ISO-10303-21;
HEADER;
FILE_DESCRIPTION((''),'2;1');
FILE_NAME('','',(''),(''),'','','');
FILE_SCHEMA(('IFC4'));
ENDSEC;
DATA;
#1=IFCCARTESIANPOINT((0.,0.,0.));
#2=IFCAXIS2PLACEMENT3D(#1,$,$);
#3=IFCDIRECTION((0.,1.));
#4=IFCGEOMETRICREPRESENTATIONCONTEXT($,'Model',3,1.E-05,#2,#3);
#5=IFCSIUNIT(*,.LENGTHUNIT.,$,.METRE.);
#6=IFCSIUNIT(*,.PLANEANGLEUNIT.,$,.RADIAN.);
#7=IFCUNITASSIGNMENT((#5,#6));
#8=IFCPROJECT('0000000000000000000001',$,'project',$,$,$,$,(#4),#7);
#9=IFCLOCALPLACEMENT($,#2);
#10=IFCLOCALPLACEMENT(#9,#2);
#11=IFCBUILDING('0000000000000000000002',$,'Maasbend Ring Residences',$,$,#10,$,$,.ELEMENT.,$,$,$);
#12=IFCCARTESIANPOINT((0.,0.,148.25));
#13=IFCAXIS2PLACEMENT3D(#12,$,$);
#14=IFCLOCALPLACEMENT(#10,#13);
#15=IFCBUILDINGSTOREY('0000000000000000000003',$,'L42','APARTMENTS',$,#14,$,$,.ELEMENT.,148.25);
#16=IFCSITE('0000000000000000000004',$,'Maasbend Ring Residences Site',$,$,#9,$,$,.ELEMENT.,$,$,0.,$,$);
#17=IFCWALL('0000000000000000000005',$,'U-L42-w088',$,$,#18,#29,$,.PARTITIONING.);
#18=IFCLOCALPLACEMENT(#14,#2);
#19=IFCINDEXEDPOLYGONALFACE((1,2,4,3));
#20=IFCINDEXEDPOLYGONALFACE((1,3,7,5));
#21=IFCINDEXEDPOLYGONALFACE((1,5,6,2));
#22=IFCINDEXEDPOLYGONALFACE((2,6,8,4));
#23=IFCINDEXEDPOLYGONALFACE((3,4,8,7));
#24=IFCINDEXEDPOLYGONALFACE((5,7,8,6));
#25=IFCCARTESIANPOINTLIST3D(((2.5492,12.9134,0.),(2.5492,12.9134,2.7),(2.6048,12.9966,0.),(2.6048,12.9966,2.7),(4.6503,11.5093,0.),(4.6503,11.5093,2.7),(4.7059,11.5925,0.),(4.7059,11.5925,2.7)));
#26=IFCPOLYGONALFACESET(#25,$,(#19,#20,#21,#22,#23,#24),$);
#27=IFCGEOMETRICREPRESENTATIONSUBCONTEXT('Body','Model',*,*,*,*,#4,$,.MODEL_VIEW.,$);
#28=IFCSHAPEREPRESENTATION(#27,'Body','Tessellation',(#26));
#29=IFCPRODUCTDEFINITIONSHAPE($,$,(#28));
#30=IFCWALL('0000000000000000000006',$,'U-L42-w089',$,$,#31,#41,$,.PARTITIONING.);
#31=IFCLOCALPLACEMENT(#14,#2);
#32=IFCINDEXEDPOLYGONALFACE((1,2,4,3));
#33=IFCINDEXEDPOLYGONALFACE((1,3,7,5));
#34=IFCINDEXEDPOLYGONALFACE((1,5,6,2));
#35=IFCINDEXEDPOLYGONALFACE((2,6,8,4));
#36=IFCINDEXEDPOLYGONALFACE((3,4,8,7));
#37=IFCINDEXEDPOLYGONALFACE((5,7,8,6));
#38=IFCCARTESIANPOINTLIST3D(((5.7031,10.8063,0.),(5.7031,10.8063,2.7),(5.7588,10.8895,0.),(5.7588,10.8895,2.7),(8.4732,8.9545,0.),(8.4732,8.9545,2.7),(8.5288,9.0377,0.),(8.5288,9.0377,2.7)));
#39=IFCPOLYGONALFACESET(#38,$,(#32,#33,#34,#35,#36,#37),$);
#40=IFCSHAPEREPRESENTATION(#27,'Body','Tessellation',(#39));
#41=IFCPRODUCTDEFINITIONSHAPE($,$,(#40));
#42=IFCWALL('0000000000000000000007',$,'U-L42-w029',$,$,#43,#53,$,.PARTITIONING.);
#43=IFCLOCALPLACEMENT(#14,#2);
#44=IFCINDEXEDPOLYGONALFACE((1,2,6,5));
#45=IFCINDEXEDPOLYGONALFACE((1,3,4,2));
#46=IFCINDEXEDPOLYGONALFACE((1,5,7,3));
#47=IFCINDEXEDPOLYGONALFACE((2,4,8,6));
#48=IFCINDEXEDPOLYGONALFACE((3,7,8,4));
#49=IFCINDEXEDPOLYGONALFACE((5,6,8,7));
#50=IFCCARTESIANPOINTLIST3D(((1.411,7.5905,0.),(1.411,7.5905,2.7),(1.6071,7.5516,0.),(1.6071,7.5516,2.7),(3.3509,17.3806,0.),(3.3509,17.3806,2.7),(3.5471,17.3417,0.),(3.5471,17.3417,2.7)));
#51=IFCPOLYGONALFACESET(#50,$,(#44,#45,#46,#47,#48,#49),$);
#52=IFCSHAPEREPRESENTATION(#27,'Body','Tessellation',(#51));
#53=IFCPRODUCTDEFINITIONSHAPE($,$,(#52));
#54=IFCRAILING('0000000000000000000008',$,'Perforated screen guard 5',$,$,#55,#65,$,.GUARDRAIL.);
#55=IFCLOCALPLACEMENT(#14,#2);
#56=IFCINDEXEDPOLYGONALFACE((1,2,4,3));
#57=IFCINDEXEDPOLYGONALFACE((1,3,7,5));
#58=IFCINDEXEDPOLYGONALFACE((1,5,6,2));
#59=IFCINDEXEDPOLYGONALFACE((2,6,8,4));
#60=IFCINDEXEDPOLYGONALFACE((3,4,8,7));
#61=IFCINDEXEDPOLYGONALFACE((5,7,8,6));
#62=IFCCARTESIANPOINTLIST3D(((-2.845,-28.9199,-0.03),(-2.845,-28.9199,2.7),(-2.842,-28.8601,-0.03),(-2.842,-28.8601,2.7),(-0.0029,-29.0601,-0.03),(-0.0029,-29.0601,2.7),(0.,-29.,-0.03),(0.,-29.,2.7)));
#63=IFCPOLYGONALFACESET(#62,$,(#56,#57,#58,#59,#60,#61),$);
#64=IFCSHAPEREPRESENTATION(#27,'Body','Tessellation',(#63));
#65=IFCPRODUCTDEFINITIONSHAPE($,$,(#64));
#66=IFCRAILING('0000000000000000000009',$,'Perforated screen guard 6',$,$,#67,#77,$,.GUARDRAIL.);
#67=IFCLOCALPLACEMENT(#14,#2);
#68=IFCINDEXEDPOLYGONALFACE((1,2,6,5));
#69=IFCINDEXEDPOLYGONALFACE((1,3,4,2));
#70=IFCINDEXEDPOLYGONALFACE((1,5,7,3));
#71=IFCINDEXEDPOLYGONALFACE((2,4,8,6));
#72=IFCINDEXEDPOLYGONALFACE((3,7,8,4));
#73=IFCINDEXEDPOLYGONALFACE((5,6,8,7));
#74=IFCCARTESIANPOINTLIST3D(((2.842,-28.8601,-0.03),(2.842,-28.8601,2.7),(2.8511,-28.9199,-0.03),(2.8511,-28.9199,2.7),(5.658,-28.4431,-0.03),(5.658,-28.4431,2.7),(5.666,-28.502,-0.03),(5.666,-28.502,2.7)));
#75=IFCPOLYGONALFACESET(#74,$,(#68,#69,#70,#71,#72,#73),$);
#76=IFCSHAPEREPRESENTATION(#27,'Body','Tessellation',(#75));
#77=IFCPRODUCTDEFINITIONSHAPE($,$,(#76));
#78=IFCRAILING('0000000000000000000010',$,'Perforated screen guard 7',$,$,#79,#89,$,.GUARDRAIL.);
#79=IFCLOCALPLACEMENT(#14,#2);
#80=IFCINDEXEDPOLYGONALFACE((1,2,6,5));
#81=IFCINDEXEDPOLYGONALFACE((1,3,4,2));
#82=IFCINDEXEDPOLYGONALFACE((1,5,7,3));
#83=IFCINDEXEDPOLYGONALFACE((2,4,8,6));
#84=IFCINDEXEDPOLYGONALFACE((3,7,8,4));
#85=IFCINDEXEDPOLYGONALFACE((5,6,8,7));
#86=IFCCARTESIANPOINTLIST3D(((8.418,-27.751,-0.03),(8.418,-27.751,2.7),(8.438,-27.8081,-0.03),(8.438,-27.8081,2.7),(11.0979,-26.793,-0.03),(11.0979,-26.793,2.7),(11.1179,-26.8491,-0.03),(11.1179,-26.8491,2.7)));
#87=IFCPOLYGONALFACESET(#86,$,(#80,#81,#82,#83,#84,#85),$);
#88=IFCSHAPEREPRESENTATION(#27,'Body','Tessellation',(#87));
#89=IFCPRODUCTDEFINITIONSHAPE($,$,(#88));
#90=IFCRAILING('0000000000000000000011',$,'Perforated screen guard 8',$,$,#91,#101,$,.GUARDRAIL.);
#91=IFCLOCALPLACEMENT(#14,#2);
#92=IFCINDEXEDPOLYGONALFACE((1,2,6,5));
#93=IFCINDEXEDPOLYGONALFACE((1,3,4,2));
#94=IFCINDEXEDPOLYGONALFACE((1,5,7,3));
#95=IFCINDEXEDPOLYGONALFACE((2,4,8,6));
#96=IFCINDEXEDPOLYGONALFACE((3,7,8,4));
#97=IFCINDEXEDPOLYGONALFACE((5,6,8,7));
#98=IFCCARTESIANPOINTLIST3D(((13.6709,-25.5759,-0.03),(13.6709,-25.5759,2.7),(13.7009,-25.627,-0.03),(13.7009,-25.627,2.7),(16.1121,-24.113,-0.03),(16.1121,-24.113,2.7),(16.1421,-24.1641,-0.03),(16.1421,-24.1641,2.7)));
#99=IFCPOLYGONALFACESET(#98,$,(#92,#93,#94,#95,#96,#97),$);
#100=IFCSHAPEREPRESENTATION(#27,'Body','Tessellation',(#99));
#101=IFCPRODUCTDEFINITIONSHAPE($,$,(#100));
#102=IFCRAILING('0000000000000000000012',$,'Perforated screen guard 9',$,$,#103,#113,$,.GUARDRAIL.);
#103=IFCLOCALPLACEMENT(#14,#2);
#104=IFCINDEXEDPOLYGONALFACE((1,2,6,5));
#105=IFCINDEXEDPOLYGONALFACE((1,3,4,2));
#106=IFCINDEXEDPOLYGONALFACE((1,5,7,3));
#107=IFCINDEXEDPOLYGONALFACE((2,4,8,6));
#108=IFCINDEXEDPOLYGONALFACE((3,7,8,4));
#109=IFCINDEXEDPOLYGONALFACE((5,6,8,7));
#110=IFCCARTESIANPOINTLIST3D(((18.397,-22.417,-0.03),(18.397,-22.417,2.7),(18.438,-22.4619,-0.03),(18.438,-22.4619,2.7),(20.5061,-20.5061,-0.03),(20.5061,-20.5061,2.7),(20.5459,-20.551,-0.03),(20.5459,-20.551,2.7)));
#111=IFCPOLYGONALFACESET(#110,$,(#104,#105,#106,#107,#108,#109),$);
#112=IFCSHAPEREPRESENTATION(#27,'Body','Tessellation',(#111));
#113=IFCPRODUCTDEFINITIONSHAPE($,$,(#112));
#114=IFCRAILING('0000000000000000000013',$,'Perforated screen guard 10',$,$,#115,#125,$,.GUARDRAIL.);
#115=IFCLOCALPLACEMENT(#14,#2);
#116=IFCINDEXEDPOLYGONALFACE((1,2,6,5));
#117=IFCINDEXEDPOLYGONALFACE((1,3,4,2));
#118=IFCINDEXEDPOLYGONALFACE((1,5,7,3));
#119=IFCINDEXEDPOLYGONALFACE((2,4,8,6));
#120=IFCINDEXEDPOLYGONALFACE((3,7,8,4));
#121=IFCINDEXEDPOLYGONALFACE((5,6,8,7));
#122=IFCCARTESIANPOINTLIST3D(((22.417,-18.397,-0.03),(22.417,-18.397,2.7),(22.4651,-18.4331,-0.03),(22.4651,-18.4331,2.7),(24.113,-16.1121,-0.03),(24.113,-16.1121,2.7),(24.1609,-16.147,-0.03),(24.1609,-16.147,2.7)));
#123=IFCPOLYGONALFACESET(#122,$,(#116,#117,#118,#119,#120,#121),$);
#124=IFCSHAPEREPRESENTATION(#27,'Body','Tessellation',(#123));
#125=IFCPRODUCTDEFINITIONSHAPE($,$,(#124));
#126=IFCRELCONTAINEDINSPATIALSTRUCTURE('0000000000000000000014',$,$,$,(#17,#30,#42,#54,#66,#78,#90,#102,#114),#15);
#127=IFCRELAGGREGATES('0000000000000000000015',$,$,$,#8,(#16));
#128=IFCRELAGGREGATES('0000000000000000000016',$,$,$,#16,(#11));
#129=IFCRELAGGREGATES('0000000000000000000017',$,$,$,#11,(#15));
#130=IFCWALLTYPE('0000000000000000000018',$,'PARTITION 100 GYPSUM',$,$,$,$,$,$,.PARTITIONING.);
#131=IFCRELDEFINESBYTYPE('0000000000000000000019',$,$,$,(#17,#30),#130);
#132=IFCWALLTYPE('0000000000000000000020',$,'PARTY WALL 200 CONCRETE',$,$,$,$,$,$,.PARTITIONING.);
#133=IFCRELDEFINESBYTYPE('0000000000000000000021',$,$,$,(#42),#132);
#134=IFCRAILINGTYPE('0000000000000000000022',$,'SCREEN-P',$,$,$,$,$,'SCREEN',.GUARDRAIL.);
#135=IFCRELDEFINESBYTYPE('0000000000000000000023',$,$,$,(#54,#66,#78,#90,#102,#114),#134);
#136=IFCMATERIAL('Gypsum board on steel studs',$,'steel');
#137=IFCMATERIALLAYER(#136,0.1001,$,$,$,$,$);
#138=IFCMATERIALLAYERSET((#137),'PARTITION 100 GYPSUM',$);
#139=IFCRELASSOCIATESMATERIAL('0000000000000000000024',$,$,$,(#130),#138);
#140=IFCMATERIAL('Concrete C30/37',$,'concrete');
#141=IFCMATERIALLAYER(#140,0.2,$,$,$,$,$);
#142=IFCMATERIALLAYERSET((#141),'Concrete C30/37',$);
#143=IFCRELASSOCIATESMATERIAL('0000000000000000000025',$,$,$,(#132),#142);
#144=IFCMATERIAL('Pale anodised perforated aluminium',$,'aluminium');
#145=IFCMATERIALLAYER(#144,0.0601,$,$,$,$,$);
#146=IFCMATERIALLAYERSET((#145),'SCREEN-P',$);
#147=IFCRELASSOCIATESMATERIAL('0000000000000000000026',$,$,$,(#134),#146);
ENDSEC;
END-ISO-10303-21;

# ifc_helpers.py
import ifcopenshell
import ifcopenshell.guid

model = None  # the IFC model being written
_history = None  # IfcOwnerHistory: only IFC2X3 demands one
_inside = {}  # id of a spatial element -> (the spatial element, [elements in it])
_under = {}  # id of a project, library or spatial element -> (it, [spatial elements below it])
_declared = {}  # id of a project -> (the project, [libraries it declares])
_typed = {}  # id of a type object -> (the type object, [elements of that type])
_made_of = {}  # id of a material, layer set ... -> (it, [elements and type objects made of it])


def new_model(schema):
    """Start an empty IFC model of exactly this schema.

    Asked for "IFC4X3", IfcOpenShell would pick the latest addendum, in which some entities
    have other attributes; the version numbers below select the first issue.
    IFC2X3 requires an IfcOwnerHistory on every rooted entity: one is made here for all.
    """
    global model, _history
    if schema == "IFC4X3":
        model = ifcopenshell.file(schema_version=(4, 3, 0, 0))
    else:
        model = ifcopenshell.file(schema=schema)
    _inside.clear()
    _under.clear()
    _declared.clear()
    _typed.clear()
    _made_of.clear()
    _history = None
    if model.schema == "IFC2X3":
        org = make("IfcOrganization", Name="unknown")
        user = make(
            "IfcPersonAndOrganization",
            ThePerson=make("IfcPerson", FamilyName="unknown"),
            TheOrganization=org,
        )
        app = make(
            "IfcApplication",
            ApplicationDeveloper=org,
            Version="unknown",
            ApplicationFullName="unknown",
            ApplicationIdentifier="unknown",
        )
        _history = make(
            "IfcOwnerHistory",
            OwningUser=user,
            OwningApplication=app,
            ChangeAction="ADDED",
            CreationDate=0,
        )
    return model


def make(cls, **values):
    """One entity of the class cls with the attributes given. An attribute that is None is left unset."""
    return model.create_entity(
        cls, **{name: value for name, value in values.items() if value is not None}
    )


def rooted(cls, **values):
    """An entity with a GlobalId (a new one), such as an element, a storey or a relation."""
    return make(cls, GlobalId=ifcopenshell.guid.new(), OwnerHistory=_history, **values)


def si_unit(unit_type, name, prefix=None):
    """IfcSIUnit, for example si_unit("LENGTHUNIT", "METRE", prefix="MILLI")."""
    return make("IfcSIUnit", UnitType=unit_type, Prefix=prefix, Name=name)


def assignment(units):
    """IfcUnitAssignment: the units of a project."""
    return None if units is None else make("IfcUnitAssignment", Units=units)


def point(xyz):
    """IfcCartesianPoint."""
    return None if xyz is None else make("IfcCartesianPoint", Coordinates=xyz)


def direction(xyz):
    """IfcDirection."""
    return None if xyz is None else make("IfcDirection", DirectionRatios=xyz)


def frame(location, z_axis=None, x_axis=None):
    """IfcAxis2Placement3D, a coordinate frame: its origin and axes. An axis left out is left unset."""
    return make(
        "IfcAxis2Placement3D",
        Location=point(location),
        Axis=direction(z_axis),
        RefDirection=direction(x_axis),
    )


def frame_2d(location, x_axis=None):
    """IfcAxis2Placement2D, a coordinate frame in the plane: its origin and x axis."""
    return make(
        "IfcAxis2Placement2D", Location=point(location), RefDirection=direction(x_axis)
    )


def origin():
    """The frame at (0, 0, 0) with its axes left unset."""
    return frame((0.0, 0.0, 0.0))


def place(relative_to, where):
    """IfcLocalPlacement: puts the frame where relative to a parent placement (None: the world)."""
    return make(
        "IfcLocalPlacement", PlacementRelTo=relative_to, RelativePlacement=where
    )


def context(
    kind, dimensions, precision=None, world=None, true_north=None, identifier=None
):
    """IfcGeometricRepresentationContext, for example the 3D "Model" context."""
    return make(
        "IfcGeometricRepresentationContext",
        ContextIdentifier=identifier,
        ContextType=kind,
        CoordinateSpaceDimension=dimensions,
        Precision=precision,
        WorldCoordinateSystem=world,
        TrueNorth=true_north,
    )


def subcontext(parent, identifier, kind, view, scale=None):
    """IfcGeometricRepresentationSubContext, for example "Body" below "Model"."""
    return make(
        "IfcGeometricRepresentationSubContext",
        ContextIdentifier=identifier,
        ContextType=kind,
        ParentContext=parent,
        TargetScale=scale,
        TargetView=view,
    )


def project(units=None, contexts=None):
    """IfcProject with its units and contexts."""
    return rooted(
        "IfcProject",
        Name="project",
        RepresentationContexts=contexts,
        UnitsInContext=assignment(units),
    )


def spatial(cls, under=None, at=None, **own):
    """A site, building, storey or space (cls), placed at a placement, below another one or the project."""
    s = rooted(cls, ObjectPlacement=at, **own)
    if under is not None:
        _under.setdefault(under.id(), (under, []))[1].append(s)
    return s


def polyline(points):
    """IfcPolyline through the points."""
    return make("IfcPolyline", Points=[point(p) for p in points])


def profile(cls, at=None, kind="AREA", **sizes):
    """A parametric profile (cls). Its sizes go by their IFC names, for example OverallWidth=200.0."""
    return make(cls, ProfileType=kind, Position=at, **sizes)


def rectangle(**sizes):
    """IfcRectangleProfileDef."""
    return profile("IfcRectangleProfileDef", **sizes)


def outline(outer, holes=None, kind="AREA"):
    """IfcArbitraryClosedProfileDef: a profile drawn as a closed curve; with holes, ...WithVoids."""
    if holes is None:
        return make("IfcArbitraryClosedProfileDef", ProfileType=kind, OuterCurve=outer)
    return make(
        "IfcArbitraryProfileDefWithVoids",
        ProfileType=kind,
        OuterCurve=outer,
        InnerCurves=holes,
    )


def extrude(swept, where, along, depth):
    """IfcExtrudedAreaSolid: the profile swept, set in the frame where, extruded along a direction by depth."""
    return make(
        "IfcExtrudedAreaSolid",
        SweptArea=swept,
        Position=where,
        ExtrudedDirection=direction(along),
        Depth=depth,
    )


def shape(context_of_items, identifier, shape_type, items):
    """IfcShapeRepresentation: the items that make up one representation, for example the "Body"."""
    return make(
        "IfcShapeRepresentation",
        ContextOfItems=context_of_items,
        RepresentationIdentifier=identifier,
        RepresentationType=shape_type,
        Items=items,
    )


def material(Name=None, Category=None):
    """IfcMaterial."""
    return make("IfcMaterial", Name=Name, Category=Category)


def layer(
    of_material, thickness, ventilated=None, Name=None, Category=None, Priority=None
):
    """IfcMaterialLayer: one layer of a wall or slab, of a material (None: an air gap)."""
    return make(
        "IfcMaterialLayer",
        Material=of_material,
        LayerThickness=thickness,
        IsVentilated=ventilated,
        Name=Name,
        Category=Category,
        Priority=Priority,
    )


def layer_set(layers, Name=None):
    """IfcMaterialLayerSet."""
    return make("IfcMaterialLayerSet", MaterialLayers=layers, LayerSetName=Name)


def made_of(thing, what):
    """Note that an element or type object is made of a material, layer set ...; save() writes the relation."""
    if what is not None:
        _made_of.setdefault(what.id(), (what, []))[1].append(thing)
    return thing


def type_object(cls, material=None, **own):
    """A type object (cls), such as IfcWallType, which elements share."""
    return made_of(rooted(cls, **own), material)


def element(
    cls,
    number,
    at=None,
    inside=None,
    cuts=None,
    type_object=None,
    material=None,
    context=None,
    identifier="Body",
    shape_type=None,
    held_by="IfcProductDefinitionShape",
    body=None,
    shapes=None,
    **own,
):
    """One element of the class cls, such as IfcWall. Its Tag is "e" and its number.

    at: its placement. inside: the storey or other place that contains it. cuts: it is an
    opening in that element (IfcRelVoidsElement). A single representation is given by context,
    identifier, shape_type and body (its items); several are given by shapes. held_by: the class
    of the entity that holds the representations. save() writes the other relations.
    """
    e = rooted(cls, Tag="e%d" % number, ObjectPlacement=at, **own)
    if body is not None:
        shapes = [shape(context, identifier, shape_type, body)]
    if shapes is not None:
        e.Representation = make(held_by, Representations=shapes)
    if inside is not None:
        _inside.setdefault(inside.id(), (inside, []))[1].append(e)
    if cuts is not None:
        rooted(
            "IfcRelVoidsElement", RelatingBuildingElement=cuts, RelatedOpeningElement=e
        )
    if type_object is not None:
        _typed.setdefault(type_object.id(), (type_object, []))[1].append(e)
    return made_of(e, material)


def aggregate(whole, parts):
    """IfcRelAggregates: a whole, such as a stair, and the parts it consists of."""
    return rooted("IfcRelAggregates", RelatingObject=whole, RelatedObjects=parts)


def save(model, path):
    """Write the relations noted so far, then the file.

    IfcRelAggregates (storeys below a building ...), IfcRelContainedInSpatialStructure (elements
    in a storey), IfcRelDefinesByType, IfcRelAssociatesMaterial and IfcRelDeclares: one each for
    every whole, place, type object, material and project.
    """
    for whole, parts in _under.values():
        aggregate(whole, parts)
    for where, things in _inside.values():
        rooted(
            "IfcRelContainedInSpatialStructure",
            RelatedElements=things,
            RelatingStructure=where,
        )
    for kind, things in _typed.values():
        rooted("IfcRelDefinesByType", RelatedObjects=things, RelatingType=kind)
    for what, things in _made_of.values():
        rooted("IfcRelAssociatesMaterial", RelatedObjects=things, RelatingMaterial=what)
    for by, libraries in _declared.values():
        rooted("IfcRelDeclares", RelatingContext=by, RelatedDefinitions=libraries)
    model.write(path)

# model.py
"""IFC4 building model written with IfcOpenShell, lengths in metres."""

from ifc_helpers import new_model, si_unit, direction, frame, frame_2d, origin, place, context, subcontext, project, spatial, polyline, rectangle, outline, extrude, material, layer, layer_set, type_object, element, save


model = new_model("IFC4")

# Units and contexts
model_context = context("Model", 3, precision=1e-05, world=origin(), true_north=direction((0.0, 1.0)))
body_context = subcontext(model_context, "Body", "Model", "MODEL_VIEW")
ifc_project = project(units=[si_unit("LENGTHUNIT", "METRE"), si_unit("PLANEANGLEUNIT", "RADIAN")], contexts=[model_context])

# Site, building, storey
site_placement = place(None, origin())
site = spatial("IfcSite", under=ifc_project, at=site_placement, Name="Maasbend Ring Residences Site", CompositionType="ELEMENT", RefElevation=0.0)
building_placement = place(site_placement, origin())
building = spatial("IfcBuilding", under=site, at=building_placement, Name="Maasbend Ring Residences", CompositionType="ELEMENT")
storey_placement = place(building_placement, frame((0.0, 0.0, 148.25)))
storey = spatial("IfcBuildingStorey", under=building, at=storey_placement, Name="L42", Description="APARTMENTS", CompositionType="ELEMENT", Elevation=148.25)

# Shared definitions
ifc_material_1 = material(Name="Gypsum board on steel studs", Category="steel")
ifc_layer_1 = layer(ifc_material_1, 0.1001)
ifc_layer_set_1 = layer_set([ifc_layer_1], Name="PARTITION 100 GYPSUM")
wall_type_1 = type_object("IfcWallType", Name="PARTITION 100 GYPSUM", PredefinedType="PARTITIONING", material=ifc_layer_set_1)

# Walls
wall_1_placement = place(storey_placement, frame((2.5769, 12.9551, 0.0), z_axis=(0.0, 0.0, 1.0), x_axis=(0.83144, -0.555614, 0.0)))
element("IfcWall", 1, at=wall_1_placement, inside=storey, type_object=wall_type_1, Name="U-L42-w088", PredefinedType="PARTITIONING", context=body_context, shape_type="SweptSolid", body=[
    extrude(rectangle(XDim=2.5271, YDim=0.1001, at=frame_2d((1.2637, 0.0))), origin(), (0.0, 0.0, 1.0), 2.7),
])
wall_2_placement = place(storey_placement, frame((5.731, 10.8479, 0.0), z_axis=(0.0, 0.0, 1.0), x_axis=(0.831339, -0.555765, 0.0)))
element("IfcWall", 2, at=wall_2_placement, inside=storey, type_object=wall_type_1, Name="U-L42-w089", PredefinedType="PARTITIONING", context=body_context, shape_type="SweptSolid", body=[
    extrude(rectangle(XDim=3.332, YDim=0.1001, at=frame_2d((1.666, 0.0))), origin(), (0.0, 0.0, 1.0), 2.7),
])
ifc_material_2 = material(Name="Concrete C30/37", Category="concrete")
ifc_layer_2 = layer(ifc_material_2, 0.2)
ifc_layer_set_2 = layer_set([ifc_layer_2], Name="Concrete C30/37")
wall_type_2 = type_object("IfcWallType", Name="PARTY WALL 200 CONCRETE", PredefinedType="PARTITIONING", material=ifc_layer_set_2)
wall_3_placement = place(storey_placement, frame((1.509, 7.571, 0.0), z_axis=(0.0, 0.0, 1.0), x_axis=(0.194375, 0.980927, 0.0)))
element("IfcWall", 3, at=wall_3_placement, inside=storey, type_object=wall_type_2, Name="U-L42-w029", PredefinedType="PARTITIONING", context=body_context, shape_type="SweptSolid", body=[
    extrude(rectangle(XDim=9.9805, YDim=0.2, at=frame_2d((4.9902, 0.0))), origin(), (0.0, 0.0, 1.0), 2.7),
])

# Railings
ifc_material_3 = material(Name="Pale anodised perforated aluminium", Category="aluminium")
ifc_layer_3 = layer(ifc_material_3, 0.0601)
ifc_layer_set_3 = layer_set([ifc_layer_3], Name="SCREEN-P")
railing_type = type_object("IfcRailingType", Name="SCREEN-P", ElementType="SCREEN", PredefinedType="GUARDRAIL", material=ifc_layer_set_3)
railing_1_placement = place(storey_placement, frame((0.0, 0.0, -0.03)))
element("IfcRailing", 4, at=railing_1_placement, inside=storey, type_object=railing_type, Name="Perforated screen guard 5", PredefinedType="GUARDRAIL", context=body_context, shape_type="SweptSolid", body=[
    extrude(outline(polyline([(-2.842, -28.8601), (0.0, -29.0), (-0.0029, -29.0601), (-2.845, -28.9199), (-2.842, -28.8601)])), origin(), (0.0, 0.0, 1.0), 2.73),
])
railing_2_placement = place(storey_placement, frame((0.0, 0.0, -0.03)))
element("IfcRailing", 5, at=railing_2_placement, inside=storey, type_object=railing_type, Name="Perforated screen guard 6", PredefinedType="GUARDRAIL", context=body_context, shape_type="SweptSolid", body=[
    extrude(outline(polyline([(2.842, -28.8601), (5.658, -28.4431), (5.666, -28.502), (2.8511, -28.9199), (2.842, -28.8601)])), origin(), (0.0, 0.0, 1.0), 2.73),
])
railing_3_placement = place(storey_placement, frame((0.0, 0.0, -0.03)))
element("IfcRailing", 6, at=railing_3_placement, inside=storey, type_object=railing_type, Name="Perforated screen guard 7", PredefinedType="GUARDRAIL", context=body_context, shape_type="SweptSolid", body=[
    extrude(outline(polyline([(8.418, -27.751), (11.0979, -26.793), (11.1179, -26.8491), (8.438, -27.8081), (8.418, -27.751)])), origin(), (0.0, 0.0, 1.0), 2.73),
])
railing_4_placement = place(storey_placement, frame((0.0, 0.0, -0.03)))
element("IfcRailing", 7, at=railing_4_placement, inside=storey, type_object=railing_type, Name="Perforated screen guard 8", PredefinedType="GUARDRAIL", context=body_context, shape_type="SweptSolid", body=[
    extrude(outline(polyline([(13.6709, -25.5759), (16.1121, -24.113), (16.1421, -24.1641), (13.7009, -25.627), (13.6709, -25.5759)])), origin(), (0.0, 0.0, 1.0), 2.73),
])
railing_5_placement = place(storey_placement, frame((0.0, 0.0, -0.03)))
element("IfcRailing", 8, at=railing_5_placement, inside=storey, type_object=railing_type, Name="Perforated screen guard 9", PredefinedType="GUARDRAIL", context=body_context, shape_type="SweptSolid", body=[
    extrude(outline(polyline([(18.397, -22.417), (20.5061, -20.5061), (20.5459, -20.551), (18.438, -22.4619), (18.397, -22.417)])), origin(), (0.0, 0.0, 1.0), 2.73),
])
railing_6_placement = place(storey_placement, frame((0.0, 0.0, -0.03)))
element("IfcRailing", 9, at=railing_6_placement, inside=storey, type_object=railing_type, Name="Perforated screen guard 10", PredefinedType="GUARDRAIL", context=body_context, shape_type="SweptSolid", body=[
    extrude(outline(polyline([(22.417, -18.397), (24.113, -16.1121), (24.1609, -16.147), (22.4651, -18.4331), (22.417, -18.397)])), origin(), (0.0, 0.0, 1.0), 2.73),
])

save(model, "model.ifc")
